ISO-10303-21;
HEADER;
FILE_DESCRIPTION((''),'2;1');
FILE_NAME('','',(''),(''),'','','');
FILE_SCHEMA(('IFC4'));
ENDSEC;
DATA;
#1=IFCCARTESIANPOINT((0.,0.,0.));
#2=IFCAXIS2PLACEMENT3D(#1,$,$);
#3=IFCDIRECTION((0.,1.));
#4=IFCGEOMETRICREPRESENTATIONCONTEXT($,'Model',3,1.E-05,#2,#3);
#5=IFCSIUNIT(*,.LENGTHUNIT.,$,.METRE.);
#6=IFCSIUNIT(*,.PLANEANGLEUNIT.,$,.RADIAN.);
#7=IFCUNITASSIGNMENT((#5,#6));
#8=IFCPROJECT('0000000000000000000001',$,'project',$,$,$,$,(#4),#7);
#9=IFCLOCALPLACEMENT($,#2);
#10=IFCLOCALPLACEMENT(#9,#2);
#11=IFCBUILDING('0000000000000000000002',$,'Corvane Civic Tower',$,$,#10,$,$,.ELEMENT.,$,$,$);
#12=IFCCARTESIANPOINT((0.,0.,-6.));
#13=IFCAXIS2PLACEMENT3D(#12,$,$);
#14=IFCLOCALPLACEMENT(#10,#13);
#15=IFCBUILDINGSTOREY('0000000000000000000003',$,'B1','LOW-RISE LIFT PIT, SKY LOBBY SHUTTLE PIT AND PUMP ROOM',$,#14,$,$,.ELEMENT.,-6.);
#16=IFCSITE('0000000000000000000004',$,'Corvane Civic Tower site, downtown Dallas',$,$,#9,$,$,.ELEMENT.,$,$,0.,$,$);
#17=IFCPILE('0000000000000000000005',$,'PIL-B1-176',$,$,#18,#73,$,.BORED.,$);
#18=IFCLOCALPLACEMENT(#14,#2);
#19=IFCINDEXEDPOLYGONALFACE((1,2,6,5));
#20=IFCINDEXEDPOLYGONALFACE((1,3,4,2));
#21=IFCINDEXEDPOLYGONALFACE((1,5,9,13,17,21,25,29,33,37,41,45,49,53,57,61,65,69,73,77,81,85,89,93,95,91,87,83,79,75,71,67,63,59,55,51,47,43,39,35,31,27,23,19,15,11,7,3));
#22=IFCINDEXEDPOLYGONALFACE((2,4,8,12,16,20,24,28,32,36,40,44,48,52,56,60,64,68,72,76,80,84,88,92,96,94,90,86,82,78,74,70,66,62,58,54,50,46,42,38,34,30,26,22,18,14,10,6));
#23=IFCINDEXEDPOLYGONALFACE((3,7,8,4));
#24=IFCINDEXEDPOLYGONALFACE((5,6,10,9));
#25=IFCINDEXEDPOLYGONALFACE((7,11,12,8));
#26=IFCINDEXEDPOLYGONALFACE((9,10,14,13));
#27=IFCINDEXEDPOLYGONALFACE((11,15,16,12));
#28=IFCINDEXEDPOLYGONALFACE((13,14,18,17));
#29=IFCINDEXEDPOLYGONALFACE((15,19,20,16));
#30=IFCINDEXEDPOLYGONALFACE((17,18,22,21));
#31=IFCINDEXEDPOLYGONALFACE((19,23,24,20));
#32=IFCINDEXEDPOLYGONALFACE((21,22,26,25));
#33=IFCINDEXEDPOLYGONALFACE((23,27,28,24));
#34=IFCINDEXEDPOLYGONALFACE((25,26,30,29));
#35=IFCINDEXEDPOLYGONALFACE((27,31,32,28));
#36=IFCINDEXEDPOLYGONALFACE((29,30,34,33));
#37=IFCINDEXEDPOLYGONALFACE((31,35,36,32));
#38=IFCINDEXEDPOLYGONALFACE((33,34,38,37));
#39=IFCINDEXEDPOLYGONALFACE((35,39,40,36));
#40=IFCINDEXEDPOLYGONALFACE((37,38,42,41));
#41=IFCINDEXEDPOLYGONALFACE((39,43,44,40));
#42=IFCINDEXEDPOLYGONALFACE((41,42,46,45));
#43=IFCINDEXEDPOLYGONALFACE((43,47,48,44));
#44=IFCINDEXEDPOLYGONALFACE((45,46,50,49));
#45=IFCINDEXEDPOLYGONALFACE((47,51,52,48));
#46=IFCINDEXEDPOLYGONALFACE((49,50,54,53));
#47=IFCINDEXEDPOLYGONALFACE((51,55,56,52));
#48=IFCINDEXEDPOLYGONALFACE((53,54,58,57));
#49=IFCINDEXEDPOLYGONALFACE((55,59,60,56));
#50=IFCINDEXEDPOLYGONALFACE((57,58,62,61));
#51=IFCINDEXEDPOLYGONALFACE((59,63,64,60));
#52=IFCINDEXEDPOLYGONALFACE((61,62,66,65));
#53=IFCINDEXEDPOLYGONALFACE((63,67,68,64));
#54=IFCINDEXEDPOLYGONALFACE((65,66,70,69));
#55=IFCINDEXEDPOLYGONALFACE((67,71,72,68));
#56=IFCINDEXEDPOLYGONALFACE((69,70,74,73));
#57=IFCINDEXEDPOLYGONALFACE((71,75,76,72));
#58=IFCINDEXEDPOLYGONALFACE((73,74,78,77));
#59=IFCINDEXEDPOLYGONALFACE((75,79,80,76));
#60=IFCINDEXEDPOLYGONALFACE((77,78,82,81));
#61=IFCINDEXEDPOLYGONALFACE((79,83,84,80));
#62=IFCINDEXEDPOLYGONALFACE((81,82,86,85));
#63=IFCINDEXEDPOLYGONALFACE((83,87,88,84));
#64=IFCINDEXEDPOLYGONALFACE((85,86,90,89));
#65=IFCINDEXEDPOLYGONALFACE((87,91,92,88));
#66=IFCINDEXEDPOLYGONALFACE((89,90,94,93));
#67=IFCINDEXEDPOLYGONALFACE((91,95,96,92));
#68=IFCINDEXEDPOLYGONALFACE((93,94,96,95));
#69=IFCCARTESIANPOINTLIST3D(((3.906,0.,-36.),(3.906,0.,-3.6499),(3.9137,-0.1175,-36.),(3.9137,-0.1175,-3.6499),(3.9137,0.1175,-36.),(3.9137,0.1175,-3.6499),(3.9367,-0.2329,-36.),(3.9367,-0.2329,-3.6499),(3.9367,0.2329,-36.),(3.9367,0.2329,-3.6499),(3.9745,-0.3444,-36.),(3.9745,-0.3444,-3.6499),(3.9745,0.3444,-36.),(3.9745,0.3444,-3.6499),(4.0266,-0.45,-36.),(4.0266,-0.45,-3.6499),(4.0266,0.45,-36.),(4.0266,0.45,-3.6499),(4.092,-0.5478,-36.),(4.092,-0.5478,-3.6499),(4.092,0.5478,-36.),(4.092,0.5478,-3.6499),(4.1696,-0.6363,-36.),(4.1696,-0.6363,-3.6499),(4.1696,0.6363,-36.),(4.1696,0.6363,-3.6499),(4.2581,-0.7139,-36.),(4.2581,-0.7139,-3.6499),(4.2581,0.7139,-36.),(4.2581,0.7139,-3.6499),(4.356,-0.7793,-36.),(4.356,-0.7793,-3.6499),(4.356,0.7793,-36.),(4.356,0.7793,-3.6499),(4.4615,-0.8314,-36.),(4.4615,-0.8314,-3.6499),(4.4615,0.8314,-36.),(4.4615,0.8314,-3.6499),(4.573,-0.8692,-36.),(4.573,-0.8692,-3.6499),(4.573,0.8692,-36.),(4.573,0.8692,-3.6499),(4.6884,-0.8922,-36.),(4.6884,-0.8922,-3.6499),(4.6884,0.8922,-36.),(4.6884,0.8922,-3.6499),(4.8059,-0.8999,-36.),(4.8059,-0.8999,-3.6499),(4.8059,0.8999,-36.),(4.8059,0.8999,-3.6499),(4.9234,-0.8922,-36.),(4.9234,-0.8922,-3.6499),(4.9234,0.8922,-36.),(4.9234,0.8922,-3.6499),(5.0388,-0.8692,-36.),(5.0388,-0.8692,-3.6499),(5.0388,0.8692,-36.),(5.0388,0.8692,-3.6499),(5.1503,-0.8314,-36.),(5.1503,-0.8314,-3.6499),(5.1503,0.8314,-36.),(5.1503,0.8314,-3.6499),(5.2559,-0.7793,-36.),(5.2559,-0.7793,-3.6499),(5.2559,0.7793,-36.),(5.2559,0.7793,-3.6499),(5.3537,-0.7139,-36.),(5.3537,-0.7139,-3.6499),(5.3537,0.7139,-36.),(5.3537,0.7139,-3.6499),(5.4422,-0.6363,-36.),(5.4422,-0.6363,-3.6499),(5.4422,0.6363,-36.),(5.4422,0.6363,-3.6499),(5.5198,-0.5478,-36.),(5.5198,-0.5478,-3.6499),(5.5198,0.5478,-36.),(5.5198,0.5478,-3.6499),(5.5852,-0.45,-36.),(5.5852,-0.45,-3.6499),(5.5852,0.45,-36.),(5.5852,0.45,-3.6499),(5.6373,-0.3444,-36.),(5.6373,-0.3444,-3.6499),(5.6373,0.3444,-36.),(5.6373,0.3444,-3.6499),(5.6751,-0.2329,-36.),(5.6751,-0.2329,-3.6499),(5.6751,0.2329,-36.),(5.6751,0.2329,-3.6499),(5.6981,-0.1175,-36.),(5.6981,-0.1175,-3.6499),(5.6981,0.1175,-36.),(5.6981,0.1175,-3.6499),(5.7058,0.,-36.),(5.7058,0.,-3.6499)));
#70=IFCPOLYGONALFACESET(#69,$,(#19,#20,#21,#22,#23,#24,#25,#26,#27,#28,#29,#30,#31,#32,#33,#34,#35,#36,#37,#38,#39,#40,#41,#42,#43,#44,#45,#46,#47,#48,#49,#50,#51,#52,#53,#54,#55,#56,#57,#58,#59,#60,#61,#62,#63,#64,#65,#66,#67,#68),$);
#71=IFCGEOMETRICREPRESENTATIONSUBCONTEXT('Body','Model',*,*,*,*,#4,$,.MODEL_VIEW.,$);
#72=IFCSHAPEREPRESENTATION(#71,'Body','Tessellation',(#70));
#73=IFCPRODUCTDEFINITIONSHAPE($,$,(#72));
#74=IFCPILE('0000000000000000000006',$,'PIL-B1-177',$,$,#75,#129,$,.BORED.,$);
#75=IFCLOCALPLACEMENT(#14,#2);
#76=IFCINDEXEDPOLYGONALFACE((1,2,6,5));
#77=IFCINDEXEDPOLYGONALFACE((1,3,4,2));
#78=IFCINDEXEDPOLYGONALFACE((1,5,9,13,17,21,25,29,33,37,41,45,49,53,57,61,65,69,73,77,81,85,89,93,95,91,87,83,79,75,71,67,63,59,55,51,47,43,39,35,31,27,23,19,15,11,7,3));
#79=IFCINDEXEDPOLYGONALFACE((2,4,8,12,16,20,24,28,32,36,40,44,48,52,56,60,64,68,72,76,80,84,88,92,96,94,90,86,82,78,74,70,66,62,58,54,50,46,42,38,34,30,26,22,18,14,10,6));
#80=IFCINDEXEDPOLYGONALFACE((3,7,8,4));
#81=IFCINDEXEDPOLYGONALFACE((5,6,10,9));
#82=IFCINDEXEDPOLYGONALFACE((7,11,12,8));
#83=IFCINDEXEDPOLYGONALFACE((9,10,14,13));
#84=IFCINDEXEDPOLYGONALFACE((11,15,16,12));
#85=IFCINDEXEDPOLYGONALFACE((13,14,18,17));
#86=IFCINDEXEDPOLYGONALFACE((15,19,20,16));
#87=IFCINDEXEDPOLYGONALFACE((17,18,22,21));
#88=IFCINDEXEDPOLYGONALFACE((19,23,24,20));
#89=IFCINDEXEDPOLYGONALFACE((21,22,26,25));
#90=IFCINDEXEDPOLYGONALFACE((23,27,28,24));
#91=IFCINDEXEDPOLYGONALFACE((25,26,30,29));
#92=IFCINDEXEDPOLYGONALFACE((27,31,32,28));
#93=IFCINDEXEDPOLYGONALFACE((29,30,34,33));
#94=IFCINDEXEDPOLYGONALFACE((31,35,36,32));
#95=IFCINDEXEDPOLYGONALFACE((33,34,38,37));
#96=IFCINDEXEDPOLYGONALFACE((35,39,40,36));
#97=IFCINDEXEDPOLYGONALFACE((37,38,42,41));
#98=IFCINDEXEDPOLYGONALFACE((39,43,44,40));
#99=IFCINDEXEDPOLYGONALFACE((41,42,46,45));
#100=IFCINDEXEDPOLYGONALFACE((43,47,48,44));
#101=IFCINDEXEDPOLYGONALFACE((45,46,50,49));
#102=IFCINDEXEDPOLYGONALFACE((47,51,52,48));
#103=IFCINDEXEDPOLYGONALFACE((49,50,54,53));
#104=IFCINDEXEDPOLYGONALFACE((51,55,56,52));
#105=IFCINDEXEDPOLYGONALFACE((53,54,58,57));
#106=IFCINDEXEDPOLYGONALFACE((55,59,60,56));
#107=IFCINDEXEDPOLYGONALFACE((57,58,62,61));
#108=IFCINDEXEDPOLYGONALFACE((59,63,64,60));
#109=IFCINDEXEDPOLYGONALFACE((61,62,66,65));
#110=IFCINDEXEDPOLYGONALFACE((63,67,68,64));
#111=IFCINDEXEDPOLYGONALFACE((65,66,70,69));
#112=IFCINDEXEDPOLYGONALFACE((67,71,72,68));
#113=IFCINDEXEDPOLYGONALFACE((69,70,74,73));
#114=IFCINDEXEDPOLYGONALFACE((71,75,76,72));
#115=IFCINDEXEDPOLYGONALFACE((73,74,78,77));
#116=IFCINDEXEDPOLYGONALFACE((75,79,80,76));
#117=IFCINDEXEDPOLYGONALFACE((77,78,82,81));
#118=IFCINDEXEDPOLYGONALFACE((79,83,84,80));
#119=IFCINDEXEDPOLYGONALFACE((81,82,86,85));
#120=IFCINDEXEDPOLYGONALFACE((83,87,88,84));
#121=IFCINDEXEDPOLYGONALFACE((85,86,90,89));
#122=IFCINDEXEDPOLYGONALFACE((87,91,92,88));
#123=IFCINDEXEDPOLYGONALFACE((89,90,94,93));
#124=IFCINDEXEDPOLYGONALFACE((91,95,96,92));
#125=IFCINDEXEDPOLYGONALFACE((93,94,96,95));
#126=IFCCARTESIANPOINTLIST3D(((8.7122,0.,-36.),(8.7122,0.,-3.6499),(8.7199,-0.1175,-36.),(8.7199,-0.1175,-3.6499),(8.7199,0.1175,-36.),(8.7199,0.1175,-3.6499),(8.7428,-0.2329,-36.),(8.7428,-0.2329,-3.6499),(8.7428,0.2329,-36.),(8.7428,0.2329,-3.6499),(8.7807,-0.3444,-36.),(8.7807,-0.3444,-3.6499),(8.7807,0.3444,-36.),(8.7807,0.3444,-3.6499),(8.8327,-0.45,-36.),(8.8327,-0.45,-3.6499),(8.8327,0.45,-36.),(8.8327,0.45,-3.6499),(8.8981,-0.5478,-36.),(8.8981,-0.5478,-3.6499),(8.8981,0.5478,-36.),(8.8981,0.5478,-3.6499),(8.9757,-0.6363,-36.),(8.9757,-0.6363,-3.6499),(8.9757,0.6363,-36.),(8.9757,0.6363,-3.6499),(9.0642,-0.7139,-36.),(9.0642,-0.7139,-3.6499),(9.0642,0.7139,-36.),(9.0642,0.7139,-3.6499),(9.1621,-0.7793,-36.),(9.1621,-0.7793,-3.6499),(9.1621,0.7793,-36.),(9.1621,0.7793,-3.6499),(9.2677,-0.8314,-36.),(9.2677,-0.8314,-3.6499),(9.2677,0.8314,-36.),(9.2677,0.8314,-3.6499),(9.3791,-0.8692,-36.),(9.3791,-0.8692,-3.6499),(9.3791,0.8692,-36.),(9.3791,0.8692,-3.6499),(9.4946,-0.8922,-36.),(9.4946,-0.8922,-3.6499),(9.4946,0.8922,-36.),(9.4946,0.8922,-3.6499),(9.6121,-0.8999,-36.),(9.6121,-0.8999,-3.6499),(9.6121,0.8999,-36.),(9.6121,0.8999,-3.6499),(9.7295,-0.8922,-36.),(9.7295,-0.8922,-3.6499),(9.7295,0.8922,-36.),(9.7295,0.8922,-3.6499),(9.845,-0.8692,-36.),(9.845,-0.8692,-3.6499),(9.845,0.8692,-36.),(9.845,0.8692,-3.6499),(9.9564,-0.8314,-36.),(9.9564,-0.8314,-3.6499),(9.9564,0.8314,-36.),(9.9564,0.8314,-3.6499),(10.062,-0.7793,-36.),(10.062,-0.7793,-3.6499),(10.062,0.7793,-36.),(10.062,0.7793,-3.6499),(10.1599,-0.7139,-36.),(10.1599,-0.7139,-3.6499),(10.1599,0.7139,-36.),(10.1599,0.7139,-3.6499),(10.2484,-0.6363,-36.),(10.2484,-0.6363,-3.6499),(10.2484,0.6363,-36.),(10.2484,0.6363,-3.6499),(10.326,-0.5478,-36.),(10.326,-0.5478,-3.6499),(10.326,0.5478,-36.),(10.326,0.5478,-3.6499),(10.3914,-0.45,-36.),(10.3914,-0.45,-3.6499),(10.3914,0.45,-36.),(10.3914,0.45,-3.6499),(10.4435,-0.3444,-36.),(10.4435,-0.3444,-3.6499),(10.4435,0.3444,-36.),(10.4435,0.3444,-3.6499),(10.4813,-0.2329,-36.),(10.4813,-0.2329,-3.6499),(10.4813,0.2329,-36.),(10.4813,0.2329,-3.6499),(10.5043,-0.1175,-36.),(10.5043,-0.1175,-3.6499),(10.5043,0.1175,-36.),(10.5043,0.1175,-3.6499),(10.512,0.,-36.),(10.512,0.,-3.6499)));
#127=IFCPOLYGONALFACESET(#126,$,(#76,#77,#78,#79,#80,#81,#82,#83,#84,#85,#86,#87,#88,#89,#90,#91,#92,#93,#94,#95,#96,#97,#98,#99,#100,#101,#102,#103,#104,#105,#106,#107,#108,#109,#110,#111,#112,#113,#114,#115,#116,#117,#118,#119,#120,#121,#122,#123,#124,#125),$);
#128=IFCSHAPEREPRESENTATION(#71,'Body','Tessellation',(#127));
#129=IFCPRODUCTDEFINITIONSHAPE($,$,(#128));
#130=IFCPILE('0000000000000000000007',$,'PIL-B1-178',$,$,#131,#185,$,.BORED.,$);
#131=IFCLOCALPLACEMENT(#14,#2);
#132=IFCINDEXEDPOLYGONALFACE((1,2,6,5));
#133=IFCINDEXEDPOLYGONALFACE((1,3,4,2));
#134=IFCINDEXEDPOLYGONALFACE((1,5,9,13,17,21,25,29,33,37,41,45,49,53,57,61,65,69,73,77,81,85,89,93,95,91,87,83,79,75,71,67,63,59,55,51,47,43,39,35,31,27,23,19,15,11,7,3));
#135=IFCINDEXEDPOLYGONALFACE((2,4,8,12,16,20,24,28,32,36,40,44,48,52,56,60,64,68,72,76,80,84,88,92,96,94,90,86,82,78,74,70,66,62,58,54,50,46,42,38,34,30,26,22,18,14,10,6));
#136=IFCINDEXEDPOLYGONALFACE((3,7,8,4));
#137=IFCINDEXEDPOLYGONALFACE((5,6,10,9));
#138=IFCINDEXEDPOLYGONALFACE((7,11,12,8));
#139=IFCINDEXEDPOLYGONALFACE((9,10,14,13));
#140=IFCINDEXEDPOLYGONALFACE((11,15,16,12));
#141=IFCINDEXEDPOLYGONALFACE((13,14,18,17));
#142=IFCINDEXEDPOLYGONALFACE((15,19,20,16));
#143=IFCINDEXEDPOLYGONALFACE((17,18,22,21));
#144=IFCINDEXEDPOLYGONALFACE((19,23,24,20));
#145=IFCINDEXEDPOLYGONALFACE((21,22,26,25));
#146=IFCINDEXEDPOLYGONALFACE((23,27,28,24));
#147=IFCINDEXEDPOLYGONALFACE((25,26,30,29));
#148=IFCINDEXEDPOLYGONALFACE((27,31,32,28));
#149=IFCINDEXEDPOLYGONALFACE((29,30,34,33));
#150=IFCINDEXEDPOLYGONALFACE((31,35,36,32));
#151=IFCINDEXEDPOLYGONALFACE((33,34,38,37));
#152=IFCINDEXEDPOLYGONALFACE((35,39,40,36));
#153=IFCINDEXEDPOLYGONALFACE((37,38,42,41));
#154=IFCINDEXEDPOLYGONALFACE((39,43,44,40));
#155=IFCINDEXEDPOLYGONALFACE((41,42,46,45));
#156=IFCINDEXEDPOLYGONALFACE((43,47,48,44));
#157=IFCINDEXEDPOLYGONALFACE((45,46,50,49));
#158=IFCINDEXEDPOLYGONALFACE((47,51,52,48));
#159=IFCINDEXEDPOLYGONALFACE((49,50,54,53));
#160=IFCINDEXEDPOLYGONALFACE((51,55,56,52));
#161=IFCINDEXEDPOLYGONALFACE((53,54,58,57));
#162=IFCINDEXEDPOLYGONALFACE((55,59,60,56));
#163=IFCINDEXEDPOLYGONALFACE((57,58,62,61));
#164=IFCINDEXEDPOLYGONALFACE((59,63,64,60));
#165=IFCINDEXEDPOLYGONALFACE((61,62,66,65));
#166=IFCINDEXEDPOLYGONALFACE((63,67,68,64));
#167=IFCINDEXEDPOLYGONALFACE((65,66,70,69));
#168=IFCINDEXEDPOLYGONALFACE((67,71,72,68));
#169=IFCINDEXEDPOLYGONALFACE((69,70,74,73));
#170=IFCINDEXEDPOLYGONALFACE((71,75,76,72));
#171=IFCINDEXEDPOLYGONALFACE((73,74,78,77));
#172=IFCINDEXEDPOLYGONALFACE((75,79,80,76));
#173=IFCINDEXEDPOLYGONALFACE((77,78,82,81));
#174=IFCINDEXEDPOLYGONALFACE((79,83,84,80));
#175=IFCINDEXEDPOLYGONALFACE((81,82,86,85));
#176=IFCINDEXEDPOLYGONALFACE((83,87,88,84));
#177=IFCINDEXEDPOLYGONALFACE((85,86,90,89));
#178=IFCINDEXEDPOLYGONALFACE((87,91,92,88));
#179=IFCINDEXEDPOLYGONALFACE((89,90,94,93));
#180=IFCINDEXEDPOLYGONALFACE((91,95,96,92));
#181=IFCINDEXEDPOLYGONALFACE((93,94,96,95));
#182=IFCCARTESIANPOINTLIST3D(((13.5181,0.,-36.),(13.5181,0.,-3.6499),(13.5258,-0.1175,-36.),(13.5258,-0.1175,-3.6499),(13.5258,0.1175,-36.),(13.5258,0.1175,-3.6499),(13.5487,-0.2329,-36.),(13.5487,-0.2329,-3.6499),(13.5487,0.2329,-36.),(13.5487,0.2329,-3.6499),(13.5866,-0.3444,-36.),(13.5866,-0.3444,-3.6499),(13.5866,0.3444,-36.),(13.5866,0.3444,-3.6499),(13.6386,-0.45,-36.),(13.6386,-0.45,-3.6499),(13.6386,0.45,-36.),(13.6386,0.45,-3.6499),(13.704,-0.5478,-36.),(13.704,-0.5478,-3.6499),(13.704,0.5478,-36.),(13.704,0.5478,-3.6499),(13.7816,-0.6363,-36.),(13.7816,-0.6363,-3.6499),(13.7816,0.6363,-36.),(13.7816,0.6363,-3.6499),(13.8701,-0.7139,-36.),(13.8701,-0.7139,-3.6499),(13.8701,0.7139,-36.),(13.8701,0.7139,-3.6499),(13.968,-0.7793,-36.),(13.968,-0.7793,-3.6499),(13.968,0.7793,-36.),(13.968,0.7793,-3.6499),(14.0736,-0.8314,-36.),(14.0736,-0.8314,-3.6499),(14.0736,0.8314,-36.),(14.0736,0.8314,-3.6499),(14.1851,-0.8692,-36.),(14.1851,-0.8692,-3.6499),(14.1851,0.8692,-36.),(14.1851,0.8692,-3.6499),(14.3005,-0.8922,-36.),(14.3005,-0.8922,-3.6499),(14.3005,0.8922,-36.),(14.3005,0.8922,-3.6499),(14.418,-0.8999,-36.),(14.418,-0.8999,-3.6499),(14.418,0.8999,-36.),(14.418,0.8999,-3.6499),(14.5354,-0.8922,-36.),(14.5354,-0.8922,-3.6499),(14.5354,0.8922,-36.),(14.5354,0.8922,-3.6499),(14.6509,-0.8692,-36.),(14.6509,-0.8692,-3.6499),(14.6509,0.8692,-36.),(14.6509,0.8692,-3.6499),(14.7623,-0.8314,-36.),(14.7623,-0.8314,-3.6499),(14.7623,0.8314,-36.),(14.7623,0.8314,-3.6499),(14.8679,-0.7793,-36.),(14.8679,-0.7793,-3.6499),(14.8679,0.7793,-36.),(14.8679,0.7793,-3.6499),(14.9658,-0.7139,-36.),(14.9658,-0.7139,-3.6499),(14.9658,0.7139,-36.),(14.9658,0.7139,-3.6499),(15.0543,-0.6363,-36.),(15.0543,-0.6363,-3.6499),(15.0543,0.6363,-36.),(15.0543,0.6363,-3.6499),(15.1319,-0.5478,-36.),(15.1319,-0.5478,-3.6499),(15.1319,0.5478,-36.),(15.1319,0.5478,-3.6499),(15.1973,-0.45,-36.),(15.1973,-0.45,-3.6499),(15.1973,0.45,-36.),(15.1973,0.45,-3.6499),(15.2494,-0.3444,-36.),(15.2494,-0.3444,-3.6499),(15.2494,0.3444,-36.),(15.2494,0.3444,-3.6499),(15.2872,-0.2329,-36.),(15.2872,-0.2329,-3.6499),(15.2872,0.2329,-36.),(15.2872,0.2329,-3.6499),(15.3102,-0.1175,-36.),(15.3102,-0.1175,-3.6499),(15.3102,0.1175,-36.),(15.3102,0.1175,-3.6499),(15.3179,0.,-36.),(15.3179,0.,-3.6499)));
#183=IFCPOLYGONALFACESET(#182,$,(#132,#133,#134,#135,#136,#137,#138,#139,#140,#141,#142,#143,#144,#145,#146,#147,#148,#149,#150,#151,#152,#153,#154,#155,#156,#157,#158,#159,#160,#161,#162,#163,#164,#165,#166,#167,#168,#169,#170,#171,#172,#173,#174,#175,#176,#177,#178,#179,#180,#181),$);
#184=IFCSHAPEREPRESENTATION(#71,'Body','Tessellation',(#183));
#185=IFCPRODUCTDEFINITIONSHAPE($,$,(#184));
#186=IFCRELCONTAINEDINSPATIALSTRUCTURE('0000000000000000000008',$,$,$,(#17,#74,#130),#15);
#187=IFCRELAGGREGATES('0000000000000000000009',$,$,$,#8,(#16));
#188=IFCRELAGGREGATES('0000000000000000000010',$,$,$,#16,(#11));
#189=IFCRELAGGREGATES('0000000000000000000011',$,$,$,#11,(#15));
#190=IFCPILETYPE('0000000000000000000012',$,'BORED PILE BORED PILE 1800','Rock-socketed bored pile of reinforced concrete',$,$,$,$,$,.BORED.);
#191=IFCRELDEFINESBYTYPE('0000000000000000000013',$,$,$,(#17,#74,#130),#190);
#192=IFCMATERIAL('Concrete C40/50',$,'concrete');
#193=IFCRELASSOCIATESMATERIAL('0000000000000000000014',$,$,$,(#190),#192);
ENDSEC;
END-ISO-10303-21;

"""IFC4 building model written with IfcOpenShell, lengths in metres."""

from ifc_helpers import new_model, si_unit, direction, frame, origin, origin_2d, place, context, subcontext, project, spatial, circle, extrude, material, material_profile, profile_set, type_object, element, save


model = new_model("IFC4")

# Units and contexts
model_context = context("Model", 3, precision=1e-05, world=origin(), true_north=direction((0.0, 1.0)))
body_context = subcontext(model_context, "Body", "Model", "MODEL_VIEW")
ifc_project = project(units=[si_unit("LENGTHUNIT", "METRE"), si_unit("PLANEANGLEUNIT", "RADIAN")], contexts=[model_context])

# Site, building, storey
site_placement = place(None, origin())
site = spatial("IfcSite", under=ifc_project, at=site_placement, Name="Corvane Civic Tower site, downtown Dallas", CompositionType="ELEMENT", RefElevation=0.0)
building_placement = place(site_placement, origin())
building = spatial("IfcBuilding", under=site, at=building_placement, Name="Corvane Civic Tower", CompositionType="ELEMENT")
storey_placement = place(building_placement, frame((0.0, 0.0, -6.0)))
storey = spatial("IfcBuildingStorey", under=building, at=storey_placement, Name="B1", Description="LOW-RISE LIFT PIT, SKY LOBBY SHUTTLE PIT AND PUMP ROOM", CompositionType="ELEMENT", Elevation=-6.0)

# Piles
ifc_material_1 = material(Name="Concrete C40/50", Category="concrete")
ifc_material_profile = material_profile(ifc_material_1, circle(Radius=0.8999, at=origin_2d()), Name="BORED PILE 1800")
ifc_profile_set = profile_set([ifc_material_profile], Name="Concrete C40/50")
pile_type = type_object("IfcPileType", Name="BORED PILE BORED PILE 1800", Description="Rock-socketed bored pile of reinforced concrete", PredefinedType="BORED", material=ifc_profile_set)
for number, where, z_axis, x_axis, name in (
    (1, (4.8059, 0.0, -3.6499), (0.0, 0.0, -1.0), (1.0, 0.0, 0.0), "PIL-B1-176"),
    (2, (9.6121, 0.0, -3.6499), (0.0, 0.0, -1.0), (1.0, 0.0, 0.0), "PIL-B1-177"),
    (3, (14.418, 0.0, -3.6499), (0.0, 0.0, -1.0), (1.0, 0.0, 0.0), "PIL-B1-178"),
):
    element("IfcPile", number, at=place(storey_placement, frame(where, z_axis=z_axis, x_axis=x_axis)), inside=storey, type_object=pile_type, Name=name, PredefinedType="BORED", context=body_context, shape_type="SweptSolid", body=[
        extrude(circle(Radius=0.8999, at=origin_2d()), origin(), (0.0, 0.0, 1.0), 32.3501),
    ])

save(model, "model.ifc")
